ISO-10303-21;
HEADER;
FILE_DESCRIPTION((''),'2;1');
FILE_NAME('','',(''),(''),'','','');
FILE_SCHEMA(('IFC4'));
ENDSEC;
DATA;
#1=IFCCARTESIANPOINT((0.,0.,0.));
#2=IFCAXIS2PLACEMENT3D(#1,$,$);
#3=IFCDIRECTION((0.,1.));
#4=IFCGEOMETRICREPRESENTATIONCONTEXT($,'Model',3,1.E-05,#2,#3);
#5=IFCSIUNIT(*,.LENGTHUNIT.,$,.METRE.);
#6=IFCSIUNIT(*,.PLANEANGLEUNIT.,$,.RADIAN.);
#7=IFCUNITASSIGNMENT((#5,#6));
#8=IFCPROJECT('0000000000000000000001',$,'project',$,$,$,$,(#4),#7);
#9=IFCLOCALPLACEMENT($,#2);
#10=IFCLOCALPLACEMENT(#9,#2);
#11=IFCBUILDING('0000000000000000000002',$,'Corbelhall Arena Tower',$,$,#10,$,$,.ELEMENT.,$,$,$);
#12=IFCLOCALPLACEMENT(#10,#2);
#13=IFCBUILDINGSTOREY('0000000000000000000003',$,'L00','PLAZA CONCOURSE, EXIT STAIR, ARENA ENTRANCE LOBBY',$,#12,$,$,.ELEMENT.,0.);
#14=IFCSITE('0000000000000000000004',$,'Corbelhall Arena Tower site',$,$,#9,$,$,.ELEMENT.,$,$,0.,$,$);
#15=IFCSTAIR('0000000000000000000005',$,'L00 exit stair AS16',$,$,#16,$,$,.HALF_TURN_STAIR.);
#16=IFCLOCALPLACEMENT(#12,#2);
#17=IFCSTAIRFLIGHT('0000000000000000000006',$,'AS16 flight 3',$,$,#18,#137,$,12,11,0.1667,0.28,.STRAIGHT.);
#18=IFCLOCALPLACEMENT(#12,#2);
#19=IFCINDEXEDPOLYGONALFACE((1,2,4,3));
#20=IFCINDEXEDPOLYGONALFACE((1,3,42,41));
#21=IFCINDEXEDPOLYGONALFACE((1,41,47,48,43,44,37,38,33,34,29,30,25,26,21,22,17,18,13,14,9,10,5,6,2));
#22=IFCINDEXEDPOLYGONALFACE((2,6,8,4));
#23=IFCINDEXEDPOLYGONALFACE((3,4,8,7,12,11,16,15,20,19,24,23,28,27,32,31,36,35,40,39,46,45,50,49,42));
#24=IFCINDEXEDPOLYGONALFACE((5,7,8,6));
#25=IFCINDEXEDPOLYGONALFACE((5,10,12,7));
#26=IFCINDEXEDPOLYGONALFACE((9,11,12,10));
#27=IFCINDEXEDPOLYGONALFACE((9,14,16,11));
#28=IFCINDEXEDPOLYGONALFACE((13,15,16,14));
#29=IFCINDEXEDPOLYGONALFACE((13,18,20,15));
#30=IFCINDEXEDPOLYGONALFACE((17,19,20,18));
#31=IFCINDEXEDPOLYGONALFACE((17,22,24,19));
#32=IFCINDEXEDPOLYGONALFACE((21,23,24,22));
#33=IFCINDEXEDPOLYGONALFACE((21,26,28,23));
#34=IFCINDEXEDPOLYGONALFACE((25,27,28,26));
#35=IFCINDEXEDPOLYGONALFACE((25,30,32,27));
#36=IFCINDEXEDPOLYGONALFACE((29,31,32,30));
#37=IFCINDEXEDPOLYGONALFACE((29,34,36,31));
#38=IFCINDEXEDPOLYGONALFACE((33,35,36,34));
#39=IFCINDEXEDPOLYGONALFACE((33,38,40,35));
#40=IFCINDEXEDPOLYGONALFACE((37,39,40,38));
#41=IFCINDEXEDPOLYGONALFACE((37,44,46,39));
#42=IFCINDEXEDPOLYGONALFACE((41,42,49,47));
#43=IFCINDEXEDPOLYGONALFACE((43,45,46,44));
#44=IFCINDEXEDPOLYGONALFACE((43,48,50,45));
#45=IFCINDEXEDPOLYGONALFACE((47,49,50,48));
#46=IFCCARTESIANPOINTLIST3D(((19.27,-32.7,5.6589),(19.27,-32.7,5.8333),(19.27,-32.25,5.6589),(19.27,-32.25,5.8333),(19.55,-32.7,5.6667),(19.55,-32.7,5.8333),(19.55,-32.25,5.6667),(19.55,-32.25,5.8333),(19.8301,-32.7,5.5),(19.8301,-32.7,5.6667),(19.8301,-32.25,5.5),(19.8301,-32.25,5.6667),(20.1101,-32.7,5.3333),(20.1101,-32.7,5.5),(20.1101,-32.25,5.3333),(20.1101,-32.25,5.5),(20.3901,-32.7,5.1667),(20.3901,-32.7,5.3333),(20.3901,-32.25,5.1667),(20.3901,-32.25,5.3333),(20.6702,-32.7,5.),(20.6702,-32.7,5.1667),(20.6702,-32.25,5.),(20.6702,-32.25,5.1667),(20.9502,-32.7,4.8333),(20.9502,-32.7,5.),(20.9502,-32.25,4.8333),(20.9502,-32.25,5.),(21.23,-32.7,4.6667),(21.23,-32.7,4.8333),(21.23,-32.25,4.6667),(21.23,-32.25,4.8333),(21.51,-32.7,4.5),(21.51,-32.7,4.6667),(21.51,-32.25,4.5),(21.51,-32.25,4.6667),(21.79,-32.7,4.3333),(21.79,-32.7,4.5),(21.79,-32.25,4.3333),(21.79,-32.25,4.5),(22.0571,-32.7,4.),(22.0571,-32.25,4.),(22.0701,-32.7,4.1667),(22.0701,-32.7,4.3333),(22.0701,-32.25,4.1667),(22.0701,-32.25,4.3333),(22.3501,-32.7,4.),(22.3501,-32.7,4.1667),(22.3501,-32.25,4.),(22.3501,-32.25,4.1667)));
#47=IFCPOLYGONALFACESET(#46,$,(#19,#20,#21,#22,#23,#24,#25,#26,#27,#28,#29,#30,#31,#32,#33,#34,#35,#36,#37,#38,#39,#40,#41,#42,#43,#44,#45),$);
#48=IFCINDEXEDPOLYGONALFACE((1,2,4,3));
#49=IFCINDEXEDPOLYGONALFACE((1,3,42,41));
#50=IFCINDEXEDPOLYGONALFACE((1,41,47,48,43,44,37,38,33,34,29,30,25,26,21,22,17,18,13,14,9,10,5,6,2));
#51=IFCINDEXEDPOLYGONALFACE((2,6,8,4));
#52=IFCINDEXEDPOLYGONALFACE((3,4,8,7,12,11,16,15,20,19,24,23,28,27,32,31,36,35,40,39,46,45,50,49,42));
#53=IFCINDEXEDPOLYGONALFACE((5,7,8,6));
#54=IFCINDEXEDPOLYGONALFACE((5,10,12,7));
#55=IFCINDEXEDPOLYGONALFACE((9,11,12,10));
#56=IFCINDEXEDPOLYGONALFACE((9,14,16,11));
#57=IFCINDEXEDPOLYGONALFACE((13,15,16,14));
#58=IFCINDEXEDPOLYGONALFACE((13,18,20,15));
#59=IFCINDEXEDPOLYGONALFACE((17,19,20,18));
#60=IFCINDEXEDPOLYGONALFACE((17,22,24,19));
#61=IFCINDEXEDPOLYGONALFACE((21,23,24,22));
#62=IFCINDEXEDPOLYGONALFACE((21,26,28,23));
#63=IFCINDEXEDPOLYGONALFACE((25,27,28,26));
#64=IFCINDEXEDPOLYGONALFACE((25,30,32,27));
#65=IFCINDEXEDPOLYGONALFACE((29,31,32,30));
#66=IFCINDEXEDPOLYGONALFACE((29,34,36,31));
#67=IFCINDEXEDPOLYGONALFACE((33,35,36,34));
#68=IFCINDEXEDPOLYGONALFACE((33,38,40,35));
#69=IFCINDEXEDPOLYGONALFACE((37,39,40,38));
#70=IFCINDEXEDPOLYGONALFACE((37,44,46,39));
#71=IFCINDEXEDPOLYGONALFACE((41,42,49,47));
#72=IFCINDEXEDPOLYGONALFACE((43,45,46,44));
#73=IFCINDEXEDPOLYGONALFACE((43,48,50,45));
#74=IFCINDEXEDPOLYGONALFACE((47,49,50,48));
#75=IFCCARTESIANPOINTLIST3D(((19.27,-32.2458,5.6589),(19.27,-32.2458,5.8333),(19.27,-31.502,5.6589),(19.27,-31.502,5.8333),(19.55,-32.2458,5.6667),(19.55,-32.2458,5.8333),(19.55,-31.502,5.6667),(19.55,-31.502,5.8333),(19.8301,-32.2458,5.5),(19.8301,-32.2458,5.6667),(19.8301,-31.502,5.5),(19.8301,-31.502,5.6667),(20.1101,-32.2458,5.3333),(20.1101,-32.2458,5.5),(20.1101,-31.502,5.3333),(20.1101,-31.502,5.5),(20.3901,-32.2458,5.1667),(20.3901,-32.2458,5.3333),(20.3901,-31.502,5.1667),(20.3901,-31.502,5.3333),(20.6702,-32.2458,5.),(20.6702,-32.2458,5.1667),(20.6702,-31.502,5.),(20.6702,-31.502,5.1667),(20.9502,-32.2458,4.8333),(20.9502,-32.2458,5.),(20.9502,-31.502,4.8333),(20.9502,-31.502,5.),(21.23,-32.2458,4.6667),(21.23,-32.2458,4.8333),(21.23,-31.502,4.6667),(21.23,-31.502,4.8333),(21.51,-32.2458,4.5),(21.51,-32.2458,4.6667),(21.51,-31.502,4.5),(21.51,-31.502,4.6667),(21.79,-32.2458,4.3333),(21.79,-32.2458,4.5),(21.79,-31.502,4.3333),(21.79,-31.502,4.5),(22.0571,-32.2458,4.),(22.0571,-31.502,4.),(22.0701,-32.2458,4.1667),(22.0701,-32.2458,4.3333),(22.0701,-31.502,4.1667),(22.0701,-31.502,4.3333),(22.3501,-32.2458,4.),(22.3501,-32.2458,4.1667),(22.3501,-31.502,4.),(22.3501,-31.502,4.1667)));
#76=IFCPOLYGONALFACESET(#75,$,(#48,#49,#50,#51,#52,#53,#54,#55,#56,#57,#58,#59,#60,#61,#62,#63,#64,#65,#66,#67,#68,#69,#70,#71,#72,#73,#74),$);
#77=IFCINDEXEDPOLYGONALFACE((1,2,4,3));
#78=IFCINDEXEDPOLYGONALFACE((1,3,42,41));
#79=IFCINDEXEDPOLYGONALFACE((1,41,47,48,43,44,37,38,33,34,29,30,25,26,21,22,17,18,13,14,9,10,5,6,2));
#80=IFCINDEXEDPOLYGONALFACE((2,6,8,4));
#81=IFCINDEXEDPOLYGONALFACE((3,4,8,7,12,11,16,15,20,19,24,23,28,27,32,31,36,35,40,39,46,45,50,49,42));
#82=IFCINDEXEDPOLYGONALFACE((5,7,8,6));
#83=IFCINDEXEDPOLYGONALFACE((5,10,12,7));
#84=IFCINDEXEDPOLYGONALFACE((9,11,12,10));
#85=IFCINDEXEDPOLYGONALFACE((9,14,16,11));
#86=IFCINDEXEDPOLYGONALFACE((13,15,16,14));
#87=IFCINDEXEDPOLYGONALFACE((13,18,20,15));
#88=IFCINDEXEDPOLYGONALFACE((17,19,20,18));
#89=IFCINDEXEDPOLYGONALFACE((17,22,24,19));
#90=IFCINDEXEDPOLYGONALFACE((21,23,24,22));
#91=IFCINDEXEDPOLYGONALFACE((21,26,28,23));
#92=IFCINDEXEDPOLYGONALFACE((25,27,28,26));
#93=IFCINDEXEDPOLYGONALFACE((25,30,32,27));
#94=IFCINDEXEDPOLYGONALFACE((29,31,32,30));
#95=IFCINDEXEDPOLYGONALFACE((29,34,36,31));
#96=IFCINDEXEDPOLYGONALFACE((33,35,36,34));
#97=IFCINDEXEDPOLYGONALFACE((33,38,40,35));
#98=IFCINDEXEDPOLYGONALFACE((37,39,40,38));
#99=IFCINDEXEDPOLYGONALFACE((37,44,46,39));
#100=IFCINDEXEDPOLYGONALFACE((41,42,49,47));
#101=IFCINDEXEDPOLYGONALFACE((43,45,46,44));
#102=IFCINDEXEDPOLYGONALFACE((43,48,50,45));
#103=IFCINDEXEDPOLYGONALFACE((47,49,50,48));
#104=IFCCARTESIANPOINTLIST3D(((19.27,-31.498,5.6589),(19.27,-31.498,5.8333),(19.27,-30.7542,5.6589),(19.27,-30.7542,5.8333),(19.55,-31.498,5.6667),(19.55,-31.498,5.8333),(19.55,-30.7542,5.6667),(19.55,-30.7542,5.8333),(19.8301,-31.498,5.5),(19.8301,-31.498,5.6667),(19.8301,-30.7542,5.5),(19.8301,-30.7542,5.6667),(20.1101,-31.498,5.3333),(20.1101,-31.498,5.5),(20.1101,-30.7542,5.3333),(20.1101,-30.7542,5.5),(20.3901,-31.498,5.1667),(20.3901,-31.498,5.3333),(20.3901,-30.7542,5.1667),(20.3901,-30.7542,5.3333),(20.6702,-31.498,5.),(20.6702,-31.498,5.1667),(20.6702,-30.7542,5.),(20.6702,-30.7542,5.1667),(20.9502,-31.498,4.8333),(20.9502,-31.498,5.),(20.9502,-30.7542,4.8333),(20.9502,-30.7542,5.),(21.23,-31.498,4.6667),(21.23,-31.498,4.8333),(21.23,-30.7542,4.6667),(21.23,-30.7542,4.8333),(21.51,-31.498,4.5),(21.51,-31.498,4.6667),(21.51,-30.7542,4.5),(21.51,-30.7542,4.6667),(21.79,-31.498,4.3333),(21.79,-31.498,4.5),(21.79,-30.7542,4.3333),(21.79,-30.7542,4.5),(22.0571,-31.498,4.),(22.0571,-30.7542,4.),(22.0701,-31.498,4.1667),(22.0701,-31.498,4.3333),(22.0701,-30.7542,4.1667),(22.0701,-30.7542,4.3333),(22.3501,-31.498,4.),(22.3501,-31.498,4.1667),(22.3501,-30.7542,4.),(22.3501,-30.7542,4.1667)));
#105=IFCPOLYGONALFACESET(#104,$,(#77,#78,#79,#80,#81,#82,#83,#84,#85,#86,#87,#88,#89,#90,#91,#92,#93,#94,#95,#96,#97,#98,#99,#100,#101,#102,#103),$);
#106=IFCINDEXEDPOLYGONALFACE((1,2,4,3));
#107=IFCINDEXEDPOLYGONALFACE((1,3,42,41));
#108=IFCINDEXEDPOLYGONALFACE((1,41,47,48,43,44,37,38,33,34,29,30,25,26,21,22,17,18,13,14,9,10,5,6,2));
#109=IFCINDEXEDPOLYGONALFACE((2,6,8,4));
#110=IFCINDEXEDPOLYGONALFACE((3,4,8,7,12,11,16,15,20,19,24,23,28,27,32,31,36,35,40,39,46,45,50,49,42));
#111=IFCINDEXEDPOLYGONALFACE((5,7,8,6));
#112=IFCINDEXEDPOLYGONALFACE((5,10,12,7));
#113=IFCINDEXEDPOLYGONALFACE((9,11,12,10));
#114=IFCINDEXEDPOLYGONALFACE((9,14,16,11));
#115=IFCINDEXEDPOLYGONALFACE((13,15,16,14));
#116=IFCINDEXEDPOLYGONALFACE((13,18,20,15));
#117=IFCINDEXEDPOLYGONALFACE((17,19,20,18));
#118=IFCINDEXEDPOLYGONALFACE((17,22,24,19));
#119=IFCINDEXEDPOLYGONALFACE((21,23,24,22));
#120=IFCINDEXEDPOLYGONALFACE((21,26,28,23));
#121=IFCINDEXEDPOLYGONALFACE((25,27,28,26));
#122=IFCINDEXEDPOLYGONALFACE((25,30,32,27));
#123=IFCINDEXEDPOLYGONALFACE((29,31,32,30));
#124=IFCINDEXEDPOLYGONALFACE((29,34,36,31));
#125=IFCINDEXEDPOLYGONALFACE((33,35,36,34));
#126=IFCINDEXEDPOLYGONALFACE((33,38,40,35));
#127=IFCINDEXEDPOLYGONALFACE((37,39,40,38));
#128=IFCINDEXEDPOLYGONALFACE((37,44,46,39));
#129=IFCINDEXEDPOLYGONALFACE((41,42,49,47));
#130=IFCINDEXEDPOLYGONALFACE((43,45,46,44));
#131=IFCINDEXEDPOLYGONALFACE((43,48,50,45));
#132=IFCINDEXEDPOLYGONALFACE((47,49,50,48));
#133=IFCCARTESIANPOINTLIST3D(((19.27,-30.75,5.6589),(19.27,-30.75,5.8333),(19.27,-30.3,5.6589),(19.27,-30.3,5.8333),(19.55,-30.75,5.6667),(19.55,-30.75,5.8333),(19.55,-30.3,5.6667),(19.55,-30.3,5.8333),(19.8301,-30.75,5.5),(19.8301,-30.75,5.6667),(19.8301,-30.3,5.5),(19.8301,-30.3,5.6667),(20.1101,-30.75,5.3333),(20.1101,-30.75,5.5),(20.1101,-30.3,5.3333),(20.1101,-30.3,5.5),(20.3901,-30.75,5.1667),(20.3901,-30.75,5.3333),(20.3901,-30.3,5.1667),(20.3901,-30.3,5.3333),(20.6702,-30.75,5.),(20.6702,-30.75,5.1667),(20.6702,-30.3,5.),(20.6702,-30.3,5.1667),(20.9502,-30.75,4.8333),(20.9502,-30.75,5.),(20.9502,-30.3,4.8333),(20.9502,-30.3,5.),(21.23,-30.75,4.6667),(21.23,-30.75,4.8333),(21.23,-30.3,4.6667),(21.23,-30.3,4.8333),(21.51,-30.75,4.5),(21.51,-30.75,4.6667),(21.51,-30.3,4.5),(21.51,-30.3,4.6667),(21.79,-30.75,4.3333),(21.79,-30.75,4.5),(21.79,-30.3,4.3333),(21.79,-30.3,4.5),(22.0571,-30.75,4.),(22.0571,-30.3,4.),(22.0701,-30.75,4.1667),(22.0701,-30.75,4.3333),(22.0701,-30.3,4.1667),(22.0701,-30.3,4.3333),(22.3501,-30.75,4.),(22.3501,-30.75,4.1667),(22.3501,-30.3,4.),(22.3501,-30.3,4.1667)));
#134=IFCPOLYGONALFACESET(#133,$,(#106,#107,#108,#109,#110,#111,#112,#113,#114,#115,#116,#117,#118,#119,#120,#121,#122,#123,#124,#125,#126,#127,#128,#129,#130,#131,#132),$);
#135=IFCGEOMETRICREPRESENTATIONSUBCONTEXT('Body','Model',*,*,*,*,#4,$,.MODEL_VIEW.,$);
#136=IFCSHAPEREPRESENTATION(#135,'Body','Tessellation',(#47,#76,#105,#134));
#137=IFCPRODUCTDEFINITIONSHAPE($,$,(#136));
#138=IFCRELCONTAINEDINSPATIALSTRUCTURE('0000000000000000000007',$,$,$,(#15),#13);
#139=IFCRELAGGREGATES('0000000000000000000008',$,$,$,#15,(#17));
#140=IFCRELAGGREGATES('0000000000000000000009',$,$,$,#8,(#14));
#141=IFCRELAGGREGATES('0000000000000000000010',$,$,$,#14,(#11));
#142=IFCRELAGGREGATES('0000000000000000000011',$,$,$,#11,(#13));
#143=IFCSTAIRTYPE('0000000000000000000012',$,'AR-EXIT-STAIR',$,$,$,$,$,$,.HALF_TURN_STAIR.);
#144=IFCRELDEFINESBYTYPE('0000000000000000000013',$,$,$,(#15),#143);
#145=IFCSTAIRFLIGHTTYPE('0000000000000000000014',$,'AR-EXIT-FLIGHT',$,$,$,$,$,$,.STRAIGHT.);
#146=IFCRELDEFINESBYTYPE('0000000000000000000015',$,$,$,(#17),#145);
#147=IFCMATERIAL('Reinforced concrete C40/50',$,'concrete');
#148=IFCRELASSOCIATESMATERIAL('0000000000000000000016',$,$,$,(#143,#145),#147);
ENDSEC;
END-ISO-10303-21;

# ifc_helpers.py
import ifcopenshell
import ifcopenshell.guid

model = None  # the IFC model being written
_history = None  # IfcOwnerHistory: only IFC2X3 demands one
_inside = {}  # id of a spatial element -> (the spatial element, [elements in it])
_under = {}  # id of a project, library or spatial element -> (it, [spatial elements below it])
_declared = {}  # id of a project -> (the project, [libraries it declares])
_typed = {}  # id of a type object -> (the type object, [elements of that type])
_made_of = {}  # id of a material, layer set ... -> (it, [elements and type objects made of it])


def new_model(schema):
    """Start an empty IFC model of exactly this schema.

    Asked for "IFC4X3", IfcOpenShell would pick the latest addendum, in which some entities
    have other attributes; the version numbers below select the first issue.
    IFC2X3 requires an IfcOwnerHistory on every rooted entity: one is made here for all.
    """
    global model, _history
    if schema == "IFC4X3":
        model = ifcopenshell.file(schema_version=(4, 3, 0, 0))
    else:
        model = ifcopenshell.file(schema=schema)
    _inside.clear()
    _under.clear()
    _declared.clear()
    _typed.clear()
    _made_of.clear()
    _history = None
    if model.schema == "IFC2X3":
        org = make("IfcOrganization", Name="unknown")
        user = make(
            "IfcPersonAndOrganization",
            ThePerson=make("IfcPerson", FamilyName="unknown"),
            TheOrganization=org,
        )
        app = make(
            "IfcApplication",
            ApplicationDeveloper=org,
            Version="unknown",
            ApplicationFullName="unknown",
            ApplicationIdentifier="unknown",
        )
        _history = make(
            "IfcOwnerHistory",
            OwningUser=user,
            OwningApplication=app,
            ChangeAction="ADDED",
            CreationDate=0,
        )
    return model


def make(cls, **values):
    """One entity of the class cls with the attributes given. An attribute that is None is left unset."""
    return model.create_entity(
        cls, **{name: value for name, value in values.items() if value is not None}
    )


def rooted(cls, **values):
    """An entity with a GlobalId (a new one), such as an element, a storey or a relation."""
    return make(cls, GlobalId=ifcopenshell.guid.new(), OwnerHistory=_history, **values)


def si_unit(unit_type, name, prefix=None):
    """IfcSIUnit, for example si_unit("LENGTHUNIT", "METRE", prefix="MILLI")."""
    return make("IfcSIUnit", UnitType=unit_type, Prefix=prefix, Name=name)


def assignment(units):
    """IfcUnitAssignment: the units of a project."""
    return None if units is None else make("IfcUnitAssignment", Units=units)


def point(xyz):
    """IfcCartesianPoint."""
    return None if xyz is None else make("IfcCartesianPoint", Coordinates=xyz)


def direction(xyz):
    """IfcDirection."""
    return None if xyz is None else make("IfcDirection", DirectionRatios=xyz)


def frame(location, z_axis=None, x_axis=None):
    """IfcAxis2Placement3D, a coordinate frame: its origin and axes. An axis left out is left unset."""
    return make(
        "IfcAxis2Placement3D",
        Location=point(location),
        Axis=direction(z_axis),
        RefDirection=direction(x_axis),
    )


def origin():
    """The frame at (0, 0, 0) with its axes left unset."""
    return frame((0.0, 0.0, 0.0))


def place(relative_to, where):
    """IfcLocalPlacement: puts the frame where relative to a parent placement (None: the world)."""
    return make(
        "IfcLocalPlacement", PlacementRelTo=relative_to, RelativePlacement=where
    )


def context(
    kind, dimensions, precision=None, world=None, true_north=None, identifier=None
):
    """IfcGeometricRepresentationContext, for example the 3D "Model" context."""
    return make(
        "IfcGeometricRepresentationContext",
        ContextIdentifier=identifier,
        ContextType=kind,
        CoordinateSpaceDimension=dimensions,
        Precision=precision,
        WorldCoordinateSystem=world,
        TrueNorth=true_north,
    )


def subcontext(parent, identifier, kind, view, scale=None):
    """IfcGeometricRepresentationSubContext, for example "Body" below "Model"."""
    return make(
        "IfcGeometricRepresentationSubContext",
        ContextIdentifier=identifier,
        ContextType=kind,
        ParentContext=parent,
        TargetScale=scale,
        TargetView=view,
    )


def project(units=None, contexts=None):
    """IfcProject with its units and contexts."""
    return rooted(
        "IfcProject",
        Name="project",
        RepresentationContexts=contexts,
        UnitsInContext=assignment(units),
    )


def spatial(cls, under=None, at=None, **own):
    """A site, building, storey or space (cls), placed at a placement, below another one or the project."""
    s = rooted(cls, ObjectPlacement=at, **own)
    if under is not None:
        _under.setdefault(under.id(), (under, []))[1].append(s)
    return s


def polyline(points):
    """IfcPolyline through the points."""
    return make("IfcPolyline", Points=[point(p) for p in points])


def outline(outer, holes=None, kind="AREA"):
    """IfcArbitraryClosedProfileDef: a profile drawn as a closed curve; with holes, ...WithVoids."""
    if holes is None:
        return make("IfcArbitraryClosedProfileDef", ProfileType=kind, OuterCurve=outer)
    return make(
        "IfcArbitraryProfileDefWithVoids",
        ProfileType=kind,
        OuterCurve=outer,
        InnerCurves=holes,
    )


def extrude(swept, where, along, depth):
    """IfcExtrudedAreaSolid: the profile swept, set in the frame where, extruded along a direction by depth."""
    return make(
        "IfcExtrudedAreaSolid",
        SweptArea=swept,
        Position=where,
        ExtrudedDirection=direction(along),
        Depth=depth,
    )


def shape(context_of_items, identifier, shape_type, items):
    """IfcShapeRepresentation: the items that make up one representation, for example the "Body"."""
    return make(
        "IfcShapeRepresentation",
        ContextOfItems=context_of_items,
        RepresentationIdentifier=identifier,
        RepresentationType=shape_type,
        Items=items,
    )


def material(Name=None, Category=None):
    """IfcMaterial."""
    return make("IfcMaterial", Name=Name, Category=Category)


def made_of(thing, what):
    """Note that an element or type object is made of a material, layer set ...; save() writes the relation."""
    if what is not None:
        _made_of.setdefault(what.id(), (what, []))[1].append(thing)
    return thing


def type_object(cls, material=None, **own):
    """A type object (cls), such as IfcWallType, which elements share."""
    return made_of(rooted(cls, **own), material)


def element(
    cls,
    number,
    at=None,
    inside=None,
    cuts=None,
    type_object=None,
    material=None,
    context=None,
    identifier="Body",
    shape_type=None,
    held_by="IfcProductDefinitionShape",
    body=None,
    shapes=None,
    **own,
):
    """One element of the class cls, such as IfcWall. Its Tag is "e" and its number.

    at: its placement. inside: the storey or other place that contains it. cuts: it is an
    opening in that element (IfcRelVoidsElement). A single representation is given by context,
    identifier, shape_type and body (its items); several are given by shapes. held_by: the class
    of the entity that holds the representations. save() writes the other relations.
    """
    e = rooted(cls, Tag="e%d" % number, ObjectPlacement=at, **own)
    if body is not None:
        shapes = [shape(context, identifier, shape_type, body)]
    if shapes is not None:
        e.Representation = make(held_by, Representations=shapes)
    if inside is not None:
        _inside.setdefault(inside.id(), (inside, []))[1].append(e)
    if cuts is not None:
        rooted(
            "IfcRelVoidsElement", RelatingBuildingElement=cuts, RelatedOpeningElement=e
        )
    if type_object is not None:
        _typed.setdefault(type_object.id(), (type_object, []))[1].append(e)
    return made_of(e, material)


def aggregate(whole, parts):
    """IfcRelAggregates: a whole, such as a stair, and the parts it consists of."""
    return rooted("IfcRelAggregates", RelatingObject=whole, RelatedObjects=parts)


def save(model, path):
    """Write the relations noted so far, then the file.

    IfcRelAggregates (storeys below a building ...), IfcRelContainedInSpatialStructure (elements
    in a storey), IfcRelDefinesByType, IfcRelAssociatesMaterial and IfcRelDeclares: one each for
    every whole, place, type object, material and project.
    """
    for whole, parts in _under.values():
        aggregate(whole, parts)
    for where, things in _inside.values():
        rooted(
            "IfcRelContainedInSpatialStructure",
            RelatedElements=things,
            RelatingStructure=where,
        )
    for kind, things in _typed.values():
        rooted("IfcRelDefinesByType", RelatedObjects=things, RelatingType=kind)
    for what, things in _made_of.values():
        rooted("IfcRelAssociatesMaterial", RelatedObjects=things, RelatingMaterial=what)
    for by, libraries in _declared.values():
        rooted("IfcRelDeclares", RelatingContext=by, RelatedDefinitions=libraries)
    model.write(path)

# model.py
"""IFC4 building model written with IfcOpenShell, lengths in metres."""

from ifc_helpers import new_model, si_unit, direction, frame, origin, place, context, subcontext, project, spatial, polyline, outline, extrude, material, type_object, element, aggregate, save


model = new_model("IFC4")

# Units and contexts
model_context = context("Model", 3, precision=1e-05, world=origin(), true_north=direction((0.0, 1.0)))
body_context = subcontext(model_context, "Body", "Model", "MODEL_VIEW")
ifc_project = project(units=[si_unit("LENGTHUNIT", "METRE"), si_unit("PLANEANGLEUNIT", "RADIAN")], contexts=[model_context])

# Site, building, storey
site_placement = place(None, origin())
site = spatial("IfcSite", under=ifc_project, at=site_placement, Name="Corbelhall Arena Tower site", CompositionType="ELEMENT", RefElevation=0.0)
building_placement = place(site_placement, origin())
building = spatial("IfcBuilding", under=site, at=building_placement, Name="Corbelhall Arena Tower", CompositionType="ELEMENT")
storey_placement = place(building_placement, origin())
storey = spatial("IfcBuildingStorey", under=building, at=storey_placement, Name="L00", Description="PLAZA CONCOURSE, EXIT STAIR, ARENA ENTRANCE LOBBY", CompositionType="ELEMENT", Elevation=0.0)

# Shared definitions
ifc_material_1 = material(Name="Reinforced concrete C40/50", Category="concrete")

# Stair, stair flight
stair_type = type_object("IfcStairType", Name="AR-EXIT-STAIR", PredefinedType="HALF_TURN_STAIR", material=ifc_material_1)
stair_placement = place(storey_placement, origin())
stair = element("IfcStair", 1, at=stair_placement, inside=storey, type_object=stair_type, Name="L00 exit stair AS16", PredefinedType="HALF_TURN_STAIR")
stair_flight_type = type_object("IfcStairFlightType", Name="AR-EXIT-FLIGHT", PredefinedType="STRAIGHT", material=ifc_material_1)
stair_flight_1_placement = place(storey_placement, frame((22.3501, -31.5, 4.0), z_axis=(0.0, 0.0, 1.0), x_axis=(-1.0, 0.0, 0.0)))
stair_flight_1 = element("IfcStairFlight", 2, at=stair_flight_1_placement, type_object=stair_flight_type, Name="AS16 flight 3", NumberOfRisers=12, NumberOfTreads=11, PredefinedType="STRAIGHT", RiserHeight=0.1667, TreadLength=0.28, context=body_context, shape_type="SweptSolid", body=[
    extrude(outline(polyline([(0.0, 0.0), (0.0, 0.1667), (0.28, 0.1667), (0.28, 0.3333), (0.5601, 0.3333), (0.5601, 0.5), (0.8401, 0.5), (0.8401, 0.6667), (1.1201, 0.6667), (1.1201, 0.8333), (1.3999, 0.8333), (1.3999, 1.0), (1.6799, 1.0), (1.6799, 1.1667), (1.96, 1.1667), (1.96, 1.3333), (2.24, 1.3333), (2.24, 1.5), (2.52, 1.5), (2.52, 1.6667), (2.8, 1.6667), (2.8, 1.8333), (3.0801, 1.8333), (3.0801, 2.0), (3.0801, 1.6589), (0.293, 0.0), (0.0, 0.0)])), frame((0.0, 1.2, 0.0), z_axis=(0.0, -1.0, 0.0), x_axis=(1.0, 0.0, 0.0)), (0.0, 0.0, 1.0), 0.45),
    extrude(outline(polyline([(0.0, 0.0), (0.0, 0.1667), (0.28, 0.1667), (0.28, 0.3333), (0.5601, 0.3333), (0.5601, 0.5), (0.8401, 0.5), (0.8401, 0.6667), (1.1201, 0.6667), (1.1201, 0.8333), (1.3999, 0.8333), (1.3999, 1.0), (1.6799, 1.0), (1.6799, 1.1667), (1.96, 1.1667), (1.96, 1.3333), (2.24, 1.3333), (2.24, 1.5), (2.52, 1.5), (2.52, 1.6667), (2.8, 1.6667), (2.8, 1.8333), (3.0801, 1.8333), (3.0801, 2.0), (3.0801, 1.6589), (0.293, 0.0), (0.0, 0.0)])), frame((0.0, 0.7458, 0.0), z_axis=(0.0, -1.0, 0.0), x_axis=(1.0, 0.0, 0.0)), (0.0, 0.0, 1.0), 0.7439),
    extrude(outline(polyline([(0.0, 0.0), (0.0, 0.1667), (0.28, 0.1667), (0.28, 0.3333), (0.5601, 0.3333), (0.5601, 0.5), (0.8401, 0.5), (0.8401, 0.6667), (1.1201, 0.6667), (1.1201, 0.8333), (1.3999, 0.8333), (1.3999, 1.0), (1.6799, 1.0), (1.6799, 1.1667), (1.96, 1.1667), (1.96, 1.3333), (2.24, 1.3333), (2.24, 1.5), (2.52, 1.5), (2.52, 1.6667), (2.8, 1.6667), (2.8, 1.8333), (3.0801, 1.8333), (3.0801, 2.0), (3.0801, 1.6589), (0.293, 0.0), (0.0, 0.0)])), frame((0.0, -0.002, 0.0), z_axis=(0.0, -1.0, 0.0), x_axis=(1.0, 0.0, 0.0)), (0.0, 0.0, 1.0), 0.7439),
    extrude(outline(polyline([(0.0, 0.0), (0.0, 0.1667), (0.28, 0.1667), (0.28, 0.3333), (0.5601, 0.3333), (0.5601, 0.5), (0.8401, 0.5), (0.8401, 0.6667), (1.1201, 0.6667), (1.1201, 0.8333), (1.3999, 0.8333), (1.3999, 1.0), (1.6799, 1.0), (1.6799, 1.1667), (1.96, 1.1667), (1.96, 1.3333), (2.24, 1.3333), (2.24, 1.5), (2.52, 1.5), (2.52, 1.6667), (2.8, 1.6667), (2.8, 1.8333), (3.0801, 1.8333), (3.0801, 2.0), (3.0801, 1.6589), (0.293, 0.0), (0.0, 0.0)])), frame((0.0, -0.75, 0.0), z_axis=(0.0, -1.0, 0.0), x_axis=(1.0, 0.0, 0.0)), (0.0, 0.0, 1.0), 0.45),
])
aggregate(stair, [stair_flight_1])

save(model, "model.ifc")
